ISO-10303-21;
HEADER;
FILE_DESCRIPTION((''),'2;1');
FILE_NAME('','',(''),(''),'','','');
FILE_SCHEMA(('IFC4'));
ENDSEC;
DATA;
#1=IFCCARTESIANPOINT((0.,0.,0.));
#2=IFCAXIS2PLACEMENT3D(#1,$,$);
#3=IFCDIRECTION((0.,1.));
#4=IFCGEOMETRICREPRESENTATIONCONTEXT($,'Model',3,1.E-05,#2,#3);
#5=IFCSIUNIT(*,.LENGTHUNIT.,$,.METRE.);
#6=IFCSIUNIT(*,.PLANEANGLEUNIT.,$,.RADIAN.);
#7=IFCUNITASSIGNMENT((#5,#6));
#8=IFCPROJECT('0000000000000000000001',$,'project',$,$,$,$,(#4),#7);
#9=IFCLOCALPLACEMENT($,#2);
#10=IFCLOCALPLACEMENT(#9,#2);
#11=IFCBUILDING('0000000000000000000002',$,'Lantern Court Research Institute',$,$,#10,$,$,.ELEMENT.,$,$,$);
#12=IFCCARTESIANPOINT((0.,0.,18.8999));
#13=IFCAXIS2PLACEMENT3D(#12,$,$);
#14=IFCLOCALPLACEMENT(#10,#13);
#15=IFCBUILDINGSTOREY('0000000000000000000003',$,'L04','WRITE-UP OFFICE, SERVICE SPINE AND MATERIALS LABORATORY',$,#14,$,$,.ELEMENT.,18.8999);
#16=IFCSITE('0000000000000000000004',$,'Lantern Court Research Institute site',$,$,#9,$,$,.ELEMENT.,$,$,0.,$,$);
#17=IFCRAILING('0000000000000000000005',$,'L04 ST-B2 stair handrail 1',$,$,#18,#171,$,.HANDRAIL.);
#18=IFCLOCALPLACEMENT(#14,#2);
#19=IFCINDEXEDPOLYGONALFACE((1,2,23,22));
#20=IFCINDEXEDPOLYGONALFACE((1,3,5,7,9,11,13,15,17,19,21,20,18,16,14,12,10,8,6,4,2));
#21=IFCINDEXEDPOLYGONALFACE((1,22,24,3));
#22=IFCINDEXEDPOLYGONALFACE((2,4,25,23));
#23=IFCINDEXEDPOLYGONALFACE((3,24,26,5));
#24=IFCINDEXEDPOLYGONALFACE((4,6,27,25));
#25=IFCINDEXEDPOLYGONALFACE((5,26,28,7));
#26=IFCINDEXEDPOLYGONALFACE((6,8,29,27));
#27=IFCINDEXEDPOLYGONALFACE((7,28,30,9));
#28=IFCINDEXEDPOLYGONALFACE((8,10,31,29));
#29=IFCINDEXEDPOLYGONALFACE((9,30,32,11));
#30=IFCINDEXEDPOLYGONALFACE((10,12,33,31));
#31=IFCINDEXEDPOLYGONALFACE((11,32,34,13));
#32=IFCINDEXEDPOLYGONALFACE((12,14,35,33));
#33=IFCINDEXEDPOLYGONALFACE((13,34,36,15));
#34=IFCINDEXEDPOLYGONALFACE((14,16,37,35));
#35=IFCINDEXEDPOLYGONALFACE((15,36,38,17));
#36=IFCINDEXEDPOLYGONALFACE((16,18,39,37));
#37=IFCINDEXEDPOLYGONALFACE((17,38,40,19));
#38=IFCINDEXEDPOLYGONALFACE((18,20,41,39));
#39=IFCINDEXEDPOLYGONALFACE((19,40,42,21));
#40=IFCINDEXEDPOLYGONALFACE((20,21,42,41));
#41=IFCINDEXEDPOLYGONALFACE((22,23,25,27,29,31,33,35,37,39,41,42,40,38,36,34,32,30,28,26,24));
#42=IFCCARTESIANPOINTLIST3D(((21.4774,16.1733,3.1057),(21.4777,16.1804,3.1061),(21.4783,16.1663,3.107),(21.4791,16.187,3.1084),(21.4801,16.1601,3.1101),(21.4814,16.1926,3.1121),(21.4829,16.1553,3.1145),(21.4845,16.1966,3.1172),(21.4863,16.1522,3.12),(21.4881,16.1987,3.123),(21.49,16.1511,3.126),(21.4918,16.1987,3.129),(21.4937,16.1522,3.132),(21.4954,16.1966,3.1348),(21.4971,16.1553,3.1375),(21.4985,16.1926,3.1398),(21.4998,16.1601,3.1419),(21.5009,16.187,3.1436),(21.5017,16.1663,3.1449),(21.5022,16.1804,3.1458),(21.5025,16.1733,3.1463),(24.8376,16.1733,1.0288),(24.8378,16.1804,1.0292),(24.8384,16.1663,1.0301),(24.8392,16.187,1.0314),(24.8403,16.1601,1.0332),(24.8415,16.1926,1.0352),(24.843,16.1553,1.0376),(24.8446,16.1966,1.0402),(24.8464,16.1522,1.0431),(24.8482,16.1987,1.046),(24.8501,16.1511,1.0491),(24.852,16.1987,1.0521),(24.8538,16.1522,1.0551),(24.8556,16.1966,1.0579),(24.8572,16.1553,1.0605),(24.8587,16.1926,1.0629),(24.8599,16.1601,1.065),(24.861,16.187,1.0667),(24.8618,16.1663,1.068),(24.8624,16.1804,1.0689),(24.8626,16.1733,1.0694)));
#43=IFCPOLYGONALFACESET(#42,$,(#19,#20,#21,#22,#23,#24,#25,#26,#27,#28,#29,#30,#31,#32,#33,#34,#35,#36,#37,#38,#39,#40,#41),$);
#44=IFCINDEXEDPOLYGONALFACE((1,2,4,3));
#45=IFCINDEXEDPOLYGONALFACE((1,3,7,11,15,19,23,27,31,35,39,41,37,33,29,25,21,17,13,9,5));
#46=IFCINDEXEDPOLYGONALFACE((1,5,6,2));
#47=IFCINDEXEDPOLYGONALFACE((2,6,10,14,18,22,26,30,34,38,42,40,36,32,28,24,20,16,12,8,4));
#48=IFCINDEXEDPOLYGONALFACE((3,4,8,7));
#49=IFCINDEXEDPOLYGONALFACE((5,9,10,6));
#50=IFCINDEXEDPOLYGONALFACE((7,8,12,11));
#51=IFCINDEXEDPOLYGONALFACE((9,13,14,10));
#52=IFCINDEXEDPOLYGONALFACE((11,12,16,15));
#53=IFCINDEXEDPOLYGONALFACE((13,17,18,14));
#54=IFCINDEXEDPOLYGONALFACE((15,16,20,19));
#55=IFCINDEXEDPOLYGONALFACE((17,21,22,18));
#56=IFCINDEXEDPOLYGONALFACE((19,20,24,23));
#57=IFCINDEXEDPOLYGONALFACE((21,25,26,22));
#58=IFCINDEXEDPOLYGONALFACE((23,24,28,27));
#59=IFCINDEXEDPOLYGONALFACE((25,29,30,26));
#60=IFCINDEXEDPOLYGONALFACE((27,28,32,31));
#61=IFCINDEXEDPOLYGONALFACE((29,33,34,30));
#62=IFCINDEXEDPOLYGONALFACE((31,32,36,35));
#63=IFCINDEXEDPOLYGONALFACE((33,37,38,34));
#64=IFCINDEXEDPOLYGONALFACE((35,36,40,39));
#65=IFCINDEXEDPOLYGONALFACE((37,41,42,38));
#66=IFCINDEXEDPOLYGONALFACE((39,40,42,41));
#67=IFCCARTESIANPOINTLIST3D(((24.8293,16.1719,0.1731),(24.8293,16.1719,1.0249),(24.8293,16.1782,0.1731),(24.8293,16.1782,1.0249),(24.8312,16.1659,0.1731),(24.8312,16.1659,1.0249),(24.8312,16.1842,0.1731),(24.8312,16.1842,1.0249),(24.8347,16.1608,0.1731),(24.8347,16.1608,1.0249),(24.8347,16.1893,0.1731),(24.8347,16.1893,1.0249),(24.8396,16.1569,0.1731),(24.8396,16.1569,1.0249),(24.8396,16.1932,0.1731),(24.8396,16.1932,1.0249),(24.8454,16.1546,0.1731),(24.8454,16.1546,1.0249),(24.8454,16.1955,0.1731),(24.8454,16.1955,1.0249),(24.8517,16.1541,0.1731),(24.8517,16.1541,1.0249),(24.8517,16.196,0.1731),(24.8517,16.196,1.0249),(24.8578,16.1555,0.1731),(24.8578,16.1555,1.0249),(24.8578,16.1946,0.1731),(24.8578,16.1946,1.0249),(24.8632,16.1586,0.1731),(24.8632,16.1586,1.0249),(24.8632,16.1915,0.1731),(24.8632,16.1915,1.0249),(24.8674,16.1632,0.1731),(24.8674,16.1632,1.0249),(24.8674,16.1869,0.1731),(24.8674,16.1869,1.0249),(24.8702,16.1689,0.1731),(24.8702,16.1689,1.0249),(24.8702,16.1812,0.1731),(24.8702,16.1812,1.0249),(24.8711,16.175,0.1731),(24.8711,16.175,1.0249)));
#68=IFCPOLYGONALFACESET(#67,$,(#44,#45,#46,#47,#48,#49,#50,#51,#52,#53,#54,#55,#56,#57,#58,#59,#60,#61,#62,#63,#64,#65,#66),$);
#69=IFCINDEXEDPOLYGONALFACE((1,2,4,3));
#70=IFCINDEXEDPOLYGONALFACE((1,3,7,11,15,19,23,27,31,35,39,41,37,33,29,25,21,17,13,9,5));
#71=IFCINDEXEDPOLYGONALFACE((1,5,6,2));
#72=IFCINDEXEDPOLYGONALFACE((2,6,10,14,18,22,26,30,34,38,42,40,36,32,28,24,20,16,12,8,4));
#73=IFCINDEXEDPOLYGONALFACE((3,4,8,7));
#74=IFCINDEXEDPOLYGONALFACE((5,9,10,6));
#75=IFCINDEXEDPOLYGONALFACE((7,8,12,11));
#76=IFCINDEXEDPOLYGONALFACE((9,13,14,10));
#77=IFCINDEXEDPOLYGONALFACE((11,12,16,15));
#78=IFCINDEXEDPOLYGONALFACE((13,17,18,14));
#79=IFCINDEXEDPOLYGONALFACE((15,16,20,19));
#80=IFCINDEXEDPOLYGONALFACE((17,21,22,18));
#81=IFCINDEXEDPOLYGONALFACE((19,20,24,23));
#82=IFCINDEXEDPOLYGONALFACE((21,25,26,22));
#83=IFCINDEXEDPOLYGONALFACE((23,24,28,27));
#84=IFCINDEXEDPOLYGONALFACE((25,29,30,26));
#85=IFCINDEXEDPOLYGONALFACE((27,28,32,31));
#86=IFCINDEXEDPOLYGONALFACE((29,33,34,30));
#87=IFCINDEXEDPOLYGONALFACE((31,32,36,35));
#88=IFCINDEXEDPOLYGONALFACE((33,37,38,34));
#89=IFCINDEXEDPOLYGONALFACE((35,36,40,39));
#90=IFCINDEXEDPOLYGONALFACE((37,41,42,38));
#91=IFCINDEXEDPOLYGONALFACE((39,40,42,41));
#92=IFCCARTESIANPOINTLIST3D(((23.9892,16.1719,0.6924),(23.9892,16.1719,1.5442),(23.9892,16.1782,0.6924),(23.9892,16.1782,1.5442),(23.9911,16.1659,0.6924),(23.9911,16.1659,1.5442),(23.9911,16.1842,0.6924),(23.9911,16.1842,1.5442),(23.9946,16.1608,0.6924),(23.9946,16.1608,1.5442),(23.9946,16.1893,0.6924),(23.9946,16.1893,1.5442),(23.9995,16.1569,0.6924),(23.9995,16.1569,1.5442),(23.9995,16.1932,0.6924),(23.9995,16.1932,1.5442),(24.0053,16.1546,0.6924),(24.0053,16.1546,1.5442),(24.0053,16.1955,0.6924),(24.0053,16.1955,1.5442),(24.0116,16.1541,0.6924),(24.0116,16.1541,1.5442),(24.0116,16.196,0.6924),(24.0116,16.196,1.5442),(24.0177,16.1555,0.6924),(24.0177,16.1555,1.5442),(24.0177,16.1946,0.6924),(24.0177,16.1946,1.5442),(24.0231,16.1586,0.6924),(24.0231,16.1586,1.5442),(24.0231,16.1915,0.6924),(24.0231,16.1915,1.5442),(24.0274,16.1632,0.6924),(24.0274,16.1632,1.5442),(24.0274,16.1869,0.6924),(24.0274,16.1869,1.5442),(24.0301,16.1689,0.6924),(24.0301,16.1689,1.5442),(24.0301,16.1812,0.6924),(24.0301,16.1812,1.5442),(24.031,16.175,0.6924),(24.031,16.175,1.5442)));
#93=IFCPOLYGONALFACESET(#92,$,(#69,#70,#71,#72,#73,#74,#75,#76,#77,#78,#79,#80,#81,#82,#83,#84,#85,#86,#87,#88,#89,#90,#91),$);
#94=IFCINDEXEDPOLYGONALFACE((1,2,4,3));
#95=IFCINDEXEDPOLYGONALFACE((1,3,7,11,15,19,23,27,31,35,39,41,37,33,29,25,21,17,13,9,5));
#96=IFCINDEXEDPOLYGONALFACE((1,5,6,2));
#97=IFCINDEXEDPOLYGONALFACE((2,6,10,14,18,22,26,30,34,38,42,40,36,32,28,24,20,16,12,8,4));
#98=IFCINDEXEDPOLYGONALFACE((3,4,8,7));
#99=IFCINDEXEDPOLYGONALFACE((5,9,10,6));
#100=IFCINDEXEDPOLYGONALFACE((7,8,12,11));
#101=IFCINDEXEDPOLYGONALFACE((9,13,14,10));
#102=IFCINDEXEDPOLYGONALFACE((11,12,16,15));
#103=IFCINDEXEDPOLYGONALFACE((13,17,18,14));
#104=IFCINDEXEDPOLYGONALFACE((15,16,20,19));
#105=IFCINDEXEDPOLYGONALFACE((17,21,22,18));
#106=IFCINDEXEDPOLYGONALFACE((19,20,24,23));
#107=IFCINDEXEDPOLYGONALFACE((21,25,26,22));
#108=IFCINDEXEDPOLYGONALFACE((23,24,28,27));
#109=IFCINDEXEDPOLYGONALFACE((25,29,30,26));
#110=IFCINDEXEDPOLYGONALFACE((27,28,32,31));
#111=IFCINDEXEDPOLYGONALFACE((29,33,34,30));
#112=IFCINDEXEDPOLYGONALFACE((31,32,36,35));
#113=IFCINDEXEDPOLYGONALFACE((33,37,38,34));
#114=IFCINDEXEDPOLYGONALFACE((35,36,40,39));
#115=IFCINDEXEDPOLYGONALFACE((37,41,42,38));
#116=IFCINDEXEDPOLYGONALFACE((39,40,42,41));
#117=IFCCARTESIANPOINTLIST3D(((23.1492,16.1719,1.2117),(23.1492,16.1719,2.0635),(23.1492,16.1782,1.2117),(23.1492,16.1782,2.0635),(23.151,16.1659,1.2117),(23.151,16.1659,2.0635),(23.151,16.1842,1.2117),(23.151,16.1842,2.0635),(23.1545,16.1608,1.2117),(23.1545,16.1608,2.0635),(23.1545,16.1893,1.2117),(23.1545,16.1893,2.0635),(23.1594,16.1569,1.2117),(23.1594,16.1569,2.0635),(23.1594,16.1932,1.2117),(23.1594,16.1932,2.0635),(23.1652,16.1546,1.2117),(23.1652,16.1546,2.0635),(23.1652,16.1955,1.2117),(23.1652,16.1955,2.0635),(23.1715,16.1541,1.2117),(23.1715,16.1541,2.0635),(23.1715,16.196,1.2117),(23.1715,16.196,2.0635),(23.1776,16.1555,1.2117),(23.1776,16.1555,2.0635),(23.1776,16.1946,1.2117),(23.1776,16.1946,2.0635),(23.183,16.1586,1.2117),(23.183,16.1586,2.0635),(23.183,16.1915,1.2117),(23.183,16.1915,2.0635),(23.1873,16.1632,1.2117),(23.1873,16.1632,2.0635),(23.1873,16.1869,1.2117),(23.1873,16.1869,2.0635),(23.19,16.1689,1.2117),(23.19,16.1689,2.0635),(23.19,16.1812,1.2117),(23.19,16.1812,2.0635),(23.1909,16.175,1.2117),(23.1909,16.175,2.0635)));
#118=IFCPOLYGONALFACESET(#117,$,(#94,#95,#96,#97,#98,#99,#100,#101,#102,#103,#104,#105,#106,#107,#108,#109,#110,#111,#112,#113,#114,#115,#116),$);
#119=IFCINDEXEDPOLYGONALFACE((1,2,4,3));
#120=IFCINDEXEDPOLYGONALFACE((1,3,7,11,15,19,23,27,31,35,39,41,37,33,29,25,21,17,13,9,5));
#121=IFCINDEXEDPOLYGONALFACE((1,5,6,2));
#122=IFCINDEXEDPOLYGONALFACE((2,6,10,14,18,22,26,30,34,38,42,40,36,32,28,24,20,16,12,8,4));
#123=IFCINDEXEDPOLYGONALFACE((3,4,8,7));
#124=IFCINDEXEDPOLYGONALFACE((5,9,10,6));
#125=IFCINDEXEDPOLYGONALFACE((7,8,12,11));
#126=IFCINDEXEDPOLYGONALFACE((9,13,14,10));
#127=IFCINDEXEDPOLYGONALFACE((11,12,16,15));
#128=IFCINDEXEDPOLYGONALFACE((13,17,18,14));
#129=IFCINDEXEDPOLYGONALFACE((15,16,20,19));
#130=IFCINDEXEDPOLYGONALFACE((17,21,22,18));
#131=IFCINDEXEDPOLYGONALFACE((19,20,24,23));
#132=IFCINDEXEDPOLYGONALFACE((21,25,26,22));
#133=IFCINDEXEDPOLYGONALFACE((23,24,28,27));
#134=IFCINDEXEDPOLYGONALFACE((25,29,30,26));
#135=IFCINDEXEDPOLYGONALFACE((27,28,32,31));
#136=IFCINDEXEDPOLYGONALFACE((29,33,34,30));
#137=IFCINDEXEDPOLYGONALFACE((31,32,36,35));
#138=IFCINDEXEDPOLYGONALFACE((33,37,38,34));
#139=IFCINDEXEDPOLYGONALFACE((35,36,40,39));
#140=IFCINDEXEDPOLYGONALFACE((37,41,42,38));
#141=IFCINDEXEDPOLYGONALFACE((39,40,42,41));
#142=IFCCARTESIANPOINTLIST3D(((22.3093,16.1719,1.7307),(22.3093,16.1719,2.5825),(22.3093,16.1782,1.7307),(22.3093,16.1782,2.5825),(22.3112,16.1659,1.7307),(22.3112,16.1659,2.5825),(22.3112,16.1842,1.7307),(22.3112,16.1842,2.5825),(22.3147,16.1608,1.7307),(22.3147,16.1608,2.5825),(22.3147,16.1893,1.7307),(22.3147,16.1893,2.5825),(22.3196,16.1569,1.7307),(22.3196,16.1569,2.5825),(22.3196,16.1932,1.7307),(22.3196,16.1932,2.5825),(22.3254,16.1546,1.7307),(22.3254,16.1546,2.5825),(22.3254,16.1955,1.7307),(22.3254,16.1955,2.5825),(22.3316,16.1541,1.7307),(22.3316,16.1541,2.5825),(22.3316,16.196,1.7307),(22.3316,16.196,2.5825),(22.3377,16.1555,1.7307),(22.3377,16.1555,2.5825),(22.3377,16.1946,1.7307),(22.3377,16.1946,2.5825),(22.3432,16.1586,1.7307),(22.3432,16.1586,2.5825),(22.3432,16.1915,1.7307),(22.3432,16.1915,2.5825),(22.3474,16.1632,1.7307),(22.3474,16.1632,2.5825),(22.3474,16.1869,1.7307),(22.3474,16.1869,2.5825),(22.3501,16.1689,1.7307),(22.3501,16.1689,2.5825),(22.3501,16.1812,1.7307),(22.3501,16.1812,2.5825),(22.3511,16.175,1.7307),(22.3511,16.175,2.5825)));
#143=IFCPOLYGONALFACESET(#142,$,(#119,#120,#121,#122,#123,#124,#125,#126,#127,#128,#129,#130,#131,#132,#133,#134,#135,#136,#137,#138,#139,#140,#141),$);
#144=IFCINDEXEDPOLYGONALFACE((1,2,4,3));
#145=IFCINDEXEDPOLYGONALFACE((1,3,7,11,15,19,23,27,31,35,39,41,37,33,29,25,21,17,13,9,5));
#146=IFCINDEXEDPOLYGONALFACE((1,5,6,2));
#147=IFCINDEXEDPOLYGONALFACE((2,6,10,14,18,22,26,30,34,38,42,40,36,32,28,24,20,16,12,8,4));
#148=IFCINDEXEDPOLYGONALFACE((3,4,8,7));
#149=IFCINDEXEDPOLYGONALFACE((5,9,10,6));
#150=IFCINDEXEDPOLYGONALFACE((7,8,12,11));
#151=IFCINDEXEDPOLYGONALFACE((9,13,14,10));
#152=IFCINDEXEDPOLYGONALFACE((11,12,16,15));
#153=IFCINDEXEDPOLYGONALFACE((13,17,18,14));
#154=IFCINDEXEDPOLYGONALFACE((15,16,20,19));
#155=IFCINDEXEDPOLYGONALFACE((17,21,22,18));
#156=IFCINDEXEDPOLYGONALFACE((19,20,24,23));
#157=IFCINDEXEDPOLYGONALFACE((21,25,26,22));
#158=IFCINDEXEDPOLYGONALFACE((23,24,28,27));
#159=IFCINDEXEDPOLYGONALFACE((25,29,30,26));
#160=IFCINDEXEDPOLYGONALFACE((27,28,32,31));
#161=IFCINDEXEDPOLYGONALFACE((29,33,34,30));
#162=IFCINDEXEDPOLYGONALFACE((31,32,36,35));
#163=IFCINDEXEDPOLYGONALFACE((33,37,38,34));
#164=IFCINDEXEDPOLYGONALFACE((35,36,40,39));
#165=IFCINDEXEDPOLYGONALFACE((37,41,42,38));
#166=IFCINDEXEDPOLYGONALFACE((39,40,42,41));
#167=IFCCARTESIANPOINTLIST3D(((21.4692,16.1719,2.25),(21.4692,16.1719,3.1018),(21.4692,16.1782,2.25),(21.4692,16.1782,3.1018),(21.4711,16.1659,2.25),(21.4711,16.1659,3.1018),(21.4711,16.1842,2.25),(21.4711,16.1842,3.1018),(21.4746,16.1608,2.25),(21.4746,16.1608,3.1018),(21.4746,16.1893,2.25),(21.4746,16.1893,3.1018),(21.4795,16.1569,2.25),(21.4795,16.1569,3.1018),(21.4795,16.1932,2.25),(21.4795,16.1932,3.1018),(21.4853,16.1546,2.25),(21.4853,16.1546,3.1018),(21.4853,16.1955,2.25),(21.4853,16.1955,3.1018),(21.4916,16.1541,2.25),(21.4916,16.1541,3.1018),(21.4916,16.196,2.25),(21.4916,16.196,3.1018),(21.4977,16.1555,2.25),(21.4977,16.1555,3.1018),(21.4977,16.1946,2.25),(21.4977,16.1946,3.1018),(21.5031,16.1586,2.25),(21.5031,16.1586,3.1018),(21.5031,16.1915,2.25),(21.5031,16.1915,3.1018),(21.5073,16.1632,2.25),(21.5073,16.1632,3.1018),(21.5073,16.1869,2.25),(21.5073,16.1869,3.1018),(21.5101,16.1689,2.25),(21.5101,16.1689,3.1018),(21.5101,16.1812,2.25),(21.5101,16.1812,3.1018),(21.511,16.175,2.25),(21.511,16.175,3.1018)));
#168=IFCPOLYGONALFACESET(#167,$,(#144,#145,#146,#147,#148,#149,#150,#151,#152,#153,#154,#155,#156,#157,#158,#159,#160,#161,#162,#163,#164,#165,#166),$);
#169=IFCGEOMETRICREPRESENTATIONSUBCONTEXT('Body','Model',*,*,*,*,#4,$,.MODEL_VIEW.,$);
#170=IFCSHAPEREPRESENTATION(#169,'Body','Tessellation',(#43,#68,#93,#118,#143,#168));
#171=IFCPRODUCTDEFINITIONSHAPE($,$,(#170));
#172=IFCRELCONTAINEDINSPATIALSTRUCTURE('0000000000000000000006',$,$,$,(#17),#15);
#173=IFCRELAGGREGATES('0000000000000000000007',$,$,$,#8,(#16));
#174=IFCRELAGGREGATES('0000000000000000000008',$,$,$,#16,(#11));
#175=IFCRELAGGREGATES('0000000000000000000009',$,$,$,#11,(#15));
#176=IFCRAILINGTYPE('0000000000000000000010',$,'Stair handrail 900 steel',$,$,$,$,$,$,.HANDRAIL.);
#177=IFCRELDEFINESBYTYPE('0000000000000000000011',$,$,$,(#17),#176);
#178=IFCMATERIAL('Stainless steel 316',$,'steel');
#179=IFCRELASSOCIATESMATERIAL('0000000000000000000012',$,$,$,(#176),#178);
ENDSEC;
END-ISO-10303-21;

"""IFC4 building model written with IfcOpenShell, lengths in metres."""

from ifc_helpers import new_model, si_unit, direction, frame, origin, origin_2d, place, context, subcontext, project, spatial, circle, extrude, material, type_object, element, save


model = new_model("IFC4")

# Units and contexts
model_context = context("Model", 3, precision=1e-05, world=origin(), true_north=direction((0.0, 1.0)))
body_context = subcontext(model_context, "Body", "Model", "MODEL_VIEW")
ifc_project = project(units=[si_unit("LENGTHUNIT", "METRE"), si_unit("PLANEANGLEUNIT", "RADIAN")], contexts=[model_context])

# Site, building, storey
site_placement = place(None, origin())
site = spatial("IfcSite", under=ifc_project, at=site_placement, Name="Lantern Court Research Institute site", CompositionType="ELEMENT", RefElevation=0.0)
building_placement = place(site_placement, origin())
building = spatial("IfcBuilding", under=site, at=building_placement, Name="Lantern Court Research Institute", CompositionType="ELEMENT")
storey_placement = place(building_placement, frame((0.0, 0.0, 18.8999)))
storey = spatial("IfcBuildingStorey", under=building, at=storey_placement, Name="L04", Description="WRITE-UP OFFICE, SERVICE SPINE AND MATERIALS LABORATORY", CompositionType="ELEMENT", Elevation=18.8999)

# Railing
ifc_material_1 = material(Name="Stainless steel 316", Category="steel")
railing_type_1 = type_object("IfcRailingType", Name="Stair handrail 900 steel", PredefinedType="HANDRAIL", material=ifc_material_1)
railing_1_placement = place(storey_placement, frame((24.8501, 16.175, 0.1731)))
element("IfcRailing", 1, at=railing_1_placement, inside=storey, type_object=railing_type_1, Name="L04 ST-B2 stair handrail 1", PredefinedType="HANDRAIL", context=body_context, shape_type="SweptSolid", body=[
    extrude(circle(Radius=0.0239, at=origin_2d()), frame((0.0, 0.0, 0.876), z_axis=(-0.850623, 0.0, 0.525776), x_axis=(0.0, -1.0, 0.0)), (0.0, 0.0, 1.0), 3.9502),
    extrude(circle(Radius=0.021, at=origin_2d()), origin(), (0.0, 0.0, 1.0), 0.8518),
    extrude(circle(Radius=0.021, at=origin_2d()), frame((-0.8401, 0.0, 0.5193)), (0.0, 0.0, 1.0), 0.8518),
    extrude(circle(Radius=0.021, at=origin_2d()), frame((-1.6802, 0.0, 1.0386)), (0.0, 0.0, 1.0), 0.8518),
    extrude(circle(Radius=0.021, at=origin_2d()), frame((-2.52, 0.0, 1.5576)), (0.0, 0.0, 1.0), 0.8518),
    extrude(circle(Radius=0.021, at=origin_2d()), frame((-3.3601, 0.0, 2.0769)), (0.0, 0.0, 1.0), 0.8518),
])

save(model, "model.ifc")
